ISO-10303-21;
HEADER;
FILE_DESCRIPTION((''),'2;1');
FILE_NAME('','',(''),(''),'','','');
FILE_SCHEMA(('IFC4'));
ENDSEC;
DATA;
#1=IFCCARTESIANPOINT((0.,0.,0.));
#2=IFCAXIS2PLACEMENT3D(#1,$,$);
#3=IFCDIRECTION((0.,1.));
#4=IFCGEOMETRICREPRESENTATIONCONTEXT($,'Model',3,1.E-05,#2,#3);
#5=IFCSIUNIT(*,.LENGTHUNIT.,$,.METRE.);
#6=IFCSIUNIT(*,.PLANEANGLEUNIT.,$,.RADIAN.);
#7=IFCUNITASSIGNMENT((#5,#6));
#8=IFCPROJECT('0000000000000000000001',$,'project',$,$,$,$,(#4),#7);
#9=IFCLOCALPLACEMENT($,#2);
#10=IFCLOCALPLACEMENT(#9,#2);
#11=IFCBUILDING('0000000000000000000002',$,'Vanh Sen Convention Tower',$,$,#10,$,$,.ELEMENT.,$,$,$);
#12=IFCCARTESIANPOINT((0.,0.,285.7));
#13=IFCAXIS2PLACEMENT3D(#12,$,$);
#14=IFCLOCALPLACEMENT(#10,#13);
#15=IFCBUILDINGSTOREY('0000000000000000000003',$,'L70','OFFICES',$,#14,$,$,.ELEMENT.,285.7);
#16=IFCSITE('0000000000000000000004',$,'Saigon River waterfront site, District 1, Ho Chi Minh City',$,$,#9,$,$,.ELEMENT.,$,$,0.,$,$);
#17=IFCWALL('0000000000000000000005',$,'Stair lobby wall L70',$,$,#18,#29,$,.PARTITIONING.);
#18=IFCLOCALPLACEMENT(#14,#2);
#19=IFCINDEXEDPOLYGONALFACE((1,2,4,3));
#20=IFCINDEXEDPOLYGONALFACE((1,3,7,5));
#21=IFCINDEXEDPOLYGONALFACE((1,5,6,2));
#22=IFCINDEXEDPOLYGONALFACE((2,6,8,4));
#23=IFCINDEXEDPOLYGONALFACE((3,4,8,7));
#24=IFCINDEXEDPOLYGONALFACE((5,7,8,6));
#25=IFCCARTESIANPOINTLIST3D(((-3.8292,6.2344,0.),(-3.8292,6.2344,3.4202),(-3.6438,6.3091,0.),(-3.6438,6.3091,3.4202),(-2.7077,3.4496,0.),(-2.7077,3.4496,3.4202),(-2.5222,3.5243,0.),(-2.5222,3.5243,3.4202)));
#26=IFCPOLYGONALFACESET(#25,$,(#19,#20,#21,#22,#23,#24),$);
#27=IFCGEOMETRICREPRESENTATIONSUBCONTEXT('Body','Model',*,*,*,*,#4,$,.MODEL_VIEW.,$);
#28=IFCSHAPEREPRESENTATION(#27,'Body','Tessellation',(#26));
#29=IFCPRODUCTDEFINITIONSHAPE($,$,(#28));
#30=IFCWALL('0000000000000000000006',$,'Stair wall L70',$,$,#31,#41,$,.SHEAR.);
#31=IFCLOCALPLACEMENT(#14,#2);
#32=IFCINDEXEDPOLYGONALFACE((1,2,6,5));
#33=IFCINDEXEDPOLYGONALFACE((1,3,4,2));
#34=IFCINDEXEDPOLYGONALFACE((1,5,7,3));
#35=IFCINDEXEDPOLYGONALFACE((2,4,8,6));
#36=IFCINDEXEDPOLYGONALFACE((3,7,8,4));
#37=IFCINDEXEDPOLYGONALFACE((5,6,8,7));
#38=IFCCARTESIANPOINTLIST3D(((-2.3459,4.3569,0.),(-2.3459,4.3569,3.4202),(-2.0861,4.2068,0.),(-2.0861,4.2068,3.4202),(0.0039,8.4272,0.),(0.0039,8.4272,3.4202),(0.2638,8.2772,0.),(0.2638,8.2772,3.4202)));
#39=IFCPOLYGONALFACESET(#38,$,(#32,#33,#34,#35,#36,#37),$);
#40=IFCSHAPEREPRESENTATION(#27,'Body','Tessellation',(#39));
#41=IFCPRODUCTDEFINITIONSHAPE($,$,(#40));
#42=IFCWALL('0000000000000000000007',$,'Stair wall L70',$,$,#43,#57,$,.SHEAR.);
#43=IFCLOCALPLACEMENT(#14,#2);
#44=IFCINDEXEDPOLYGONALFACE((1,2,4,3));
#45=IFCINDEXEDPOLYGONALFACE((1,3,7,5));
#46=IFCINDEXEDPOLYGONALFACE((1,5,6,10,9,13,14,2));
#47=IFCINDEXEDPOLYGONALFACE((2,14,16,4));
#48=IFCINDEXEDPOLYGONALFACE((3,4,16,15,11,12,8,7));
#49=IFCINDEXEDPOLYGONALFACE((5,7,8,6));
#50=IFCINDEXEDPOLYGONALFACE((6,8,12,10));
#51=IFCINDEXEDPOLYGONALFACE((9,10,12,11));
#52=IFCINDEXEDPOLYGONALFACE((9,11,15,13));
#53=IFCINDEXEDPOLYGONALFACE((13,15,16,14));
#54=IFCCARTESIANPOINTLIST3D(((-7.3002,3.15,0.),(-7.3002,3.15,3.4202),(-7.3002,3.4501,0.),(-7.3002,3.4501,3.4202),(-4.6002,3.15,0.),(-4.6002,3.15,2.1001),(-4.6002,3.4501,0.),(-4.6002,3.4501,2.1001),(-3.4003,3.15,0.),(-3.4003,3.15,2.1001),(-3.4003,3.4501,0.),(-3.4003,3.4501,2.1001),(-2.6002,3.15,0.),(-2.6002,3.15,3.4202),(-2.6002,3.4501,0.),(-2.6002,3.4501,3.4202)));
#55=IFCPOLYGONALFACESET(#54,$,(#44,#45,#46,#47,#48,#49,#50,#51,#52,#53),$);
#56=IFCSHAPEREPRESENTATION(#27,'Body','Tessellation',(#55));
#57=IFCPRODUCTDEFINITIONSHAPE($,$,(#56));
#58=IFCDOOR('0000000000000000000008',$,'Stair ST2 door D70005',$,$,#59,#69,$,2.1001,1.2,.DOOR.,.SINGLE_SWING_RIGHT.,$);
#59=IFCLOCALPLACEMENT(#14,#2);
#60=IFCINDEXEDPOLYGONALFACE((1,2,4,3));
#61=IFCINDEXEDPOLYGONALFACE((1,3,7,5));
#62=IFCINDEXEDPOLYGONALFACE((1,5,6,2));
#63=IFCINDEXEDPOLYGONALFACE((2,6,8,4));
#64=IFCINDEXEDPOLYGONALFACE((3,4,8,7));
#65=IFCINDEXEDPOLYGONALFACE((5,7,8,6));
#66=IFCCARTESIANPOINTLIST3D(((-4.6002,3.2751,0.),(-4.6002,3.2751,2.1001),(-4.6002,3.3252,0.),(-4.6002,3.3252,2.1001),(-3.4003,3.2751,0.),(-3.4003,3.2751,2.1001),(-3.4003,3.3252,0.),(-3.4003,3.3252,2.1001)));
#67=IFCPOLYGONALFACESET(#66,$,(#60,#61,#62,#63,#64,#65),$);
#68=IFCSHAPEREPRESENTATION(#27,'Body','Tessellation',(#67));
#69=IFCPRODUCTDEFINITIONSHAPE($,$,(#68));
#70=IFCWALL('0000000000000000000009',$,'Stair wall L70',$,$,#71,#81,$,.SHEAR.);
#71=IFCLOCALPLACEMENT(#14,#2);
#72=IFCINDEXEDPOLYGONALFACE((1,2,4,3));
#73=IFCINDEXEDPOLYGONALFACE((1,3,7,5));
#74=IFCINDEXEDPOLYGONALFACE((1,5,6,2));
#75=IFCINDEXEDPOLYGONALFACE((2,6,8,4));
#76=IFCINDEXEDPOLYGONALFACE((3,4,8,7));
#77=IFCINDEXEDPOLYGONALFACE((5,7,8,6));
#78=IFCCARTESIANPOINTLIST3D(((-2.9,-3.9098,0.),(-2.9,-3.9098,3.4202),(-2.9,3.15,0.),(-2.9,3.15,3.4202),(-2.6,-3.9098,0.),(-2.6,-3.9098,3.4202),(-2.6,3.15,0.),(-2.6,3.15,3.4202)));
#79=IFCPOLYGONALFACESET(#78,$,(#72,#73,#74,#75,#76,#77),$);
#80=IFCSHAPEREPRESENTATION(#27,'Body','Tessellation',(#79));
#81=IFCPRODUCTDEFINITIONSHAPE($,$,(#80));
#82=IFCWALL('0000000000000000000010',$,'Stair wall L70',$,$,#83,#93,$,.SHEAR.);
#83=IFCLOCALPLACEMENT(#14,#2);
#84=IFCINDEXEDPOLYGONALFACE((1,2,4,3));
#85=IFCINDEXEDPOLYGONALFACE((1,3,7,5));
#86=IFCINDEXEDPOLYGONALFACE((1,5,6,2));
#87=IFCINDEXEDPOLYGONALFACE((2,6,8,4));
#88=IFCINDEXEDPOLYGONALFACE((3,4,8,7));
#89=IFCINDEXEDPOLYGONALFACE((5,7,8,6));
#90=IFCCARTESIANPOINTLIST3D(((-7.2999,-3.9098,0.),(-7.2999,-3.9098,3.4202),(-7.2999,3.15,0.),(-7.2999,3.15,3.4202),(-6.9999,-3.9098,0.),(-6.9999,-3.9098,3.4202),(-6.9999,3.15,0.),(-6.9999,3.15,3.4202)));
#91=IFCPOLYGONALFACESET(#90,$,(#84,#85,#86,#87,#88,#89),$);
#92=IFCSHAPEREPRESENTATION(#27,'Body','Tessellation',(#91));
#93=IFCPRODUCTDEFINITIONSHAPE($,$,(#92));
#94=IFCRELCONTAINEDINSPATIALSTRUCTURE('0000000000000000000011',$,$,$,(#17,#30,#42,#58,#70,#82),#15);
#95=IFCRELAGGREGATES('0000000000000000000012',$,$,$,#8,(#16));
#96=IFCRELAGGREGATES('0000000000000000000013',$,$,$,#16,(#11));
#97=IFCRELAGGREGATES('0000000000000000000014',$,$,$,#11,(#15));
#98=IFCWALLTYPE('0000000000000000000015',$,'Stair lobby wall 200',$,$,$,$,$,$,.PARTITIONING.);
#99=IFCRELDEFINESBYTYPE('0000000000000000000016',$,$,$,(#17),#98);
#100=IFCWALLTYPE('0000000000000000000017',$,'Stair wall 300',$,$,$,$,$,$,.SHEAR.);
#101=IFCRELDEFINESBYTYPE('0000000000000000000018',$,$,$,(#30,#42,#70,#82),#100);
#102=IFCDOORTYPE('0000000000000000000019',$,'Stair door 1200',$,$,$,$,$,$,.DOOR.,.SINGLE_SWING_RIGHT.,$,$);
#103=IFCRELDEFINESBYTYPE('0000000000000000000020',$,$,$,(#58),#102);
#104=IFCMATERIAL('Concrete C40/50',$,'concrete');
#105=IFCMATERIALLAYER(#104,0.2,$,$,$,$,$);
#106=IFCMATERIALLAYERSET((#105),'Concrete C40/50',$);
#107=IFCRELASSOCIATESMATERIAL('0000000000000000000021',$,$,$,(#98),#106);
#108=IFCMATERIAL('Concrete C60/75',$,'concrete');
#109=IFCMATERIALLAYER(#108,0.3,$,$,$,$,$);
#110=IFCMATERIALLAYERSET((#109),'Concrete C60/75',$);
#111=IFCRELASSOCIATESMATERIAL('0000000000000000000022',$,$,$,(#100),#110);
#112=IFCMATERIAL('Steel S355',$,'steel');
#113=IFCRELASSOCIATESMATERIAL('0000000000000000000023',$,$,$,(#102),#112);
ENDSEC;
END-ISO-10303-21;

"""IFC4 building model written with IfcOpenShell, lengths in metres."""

from ifc_helpers import new_model, si_unit, direction, frame, frame_2d, origin, place, context, subcontext, project, spatial, rectangle, extrude, material, layer, layer_set, type_object, element, fill, save


model = new_model("IFC4")

# Units and contexts
model_context = context("Model", 3, precision=1e-05, world=origin(), true_north=direction((0.0, 1.0)))
body_context = subcontext(model_context, "Body", "Model", "MODEL_VIEW")
ifc_project = project(units=[si_unit("LENGTHUNIT", "METRE"), si_unit("PLANEANGLEUNIT", "RADIAN")], contexts=[model_context])

# Site, building, storey
site_placement = place(None, origin())
site = spatial("IfcSite", under=ifc_project, at=site_placement, Name="Saigon River waterfront site, District 1, Ho Chi Minh City", CompositionType="ELEMENT", RefElevation=0.0)
building_placement = place(site_placement, origin())
building = spatial("IfcBuilding", under=site, at=building_placement, Name="Vanh Sen Convention Tower", CompositionType="ELEMENT")
storey_placement = place(building_placement, frame((0.0, 0.0, 285.7)))
storey = spatial("IfcBuildingStorey", under=building, at=storey_placement, Name="L70", Description="OFFICES", CompositionType="ELEMENT", Elevation=285.7)

# Shared definitions
ifc_material_1 = material(Name="Concrete C40/50", Category="concrete")

# Shared definitions
ifc_material_2 = material(Name="Concrete C60/75", Category="concrete")

# Walls
ifc_layer_1 = layer(ifc_material_1, 0.2)
ifc_layer_set_1 = layer_set([ifc_layer_1], Name="Concrete C40/50")
wall_type_1 = type_object("IfcWallType", Name="Stair lobby wall 200", PredefinedType="PARTITIONING", material=ifc_layer_set_1)
wall_1_placement = place(storey_placement, frame((-2.615, 3.4871, 0.0), z_axis=(0.0, 0.0, 1.0), x_axis=(-0.373577, 0.927599, 0.0)))
element("IfcWall", 1, at=wall_1_placement, inside=storey, type_object=wall_type_1, Name="Stair lobby wall L70", PredefinedType="PARTITIONING", context=body_context, shape_type="SweptSolid", body=[
    extrude(rectangle(XDim=3.0022, YDim=0.2, at=frame_2d((1.501, 0.0))), origin(), (0.0, 0.0, 1.0), 3.4202),
])
ifc_layer_2 = layer(ifc_material_2, 0.3)
ifc_layer_set_2 = layer_set([ifc_layer_2], Name="Concrete C60/75")
wall_type_2 = type_object("IfcWallType", Name="Stair wall 300", PredefinedType="SHEAR", material=ifc_layer_set_2)
wall_2_placement = place(storey_placement, frame((-2.2161, 4.2817, 0.0), z_axis=(0.0, 0.0, 1.0), x_axis=(0.499977, 0.866039, 0.0)))
element("IfcWall", 2, at=wall_2_placement, inside=storey, type_object=wall_type_2, Name="Stair wall L70", PredefinedType="SHEAR", context=body_context, shape_type="SweptSolid", body=[
    extrude(rectangle(XDim=4.7, YDim=0.3, at=frame_2d((2.3501, 0.0))), origin(), (0.0, 0.0, 1.0), 3.4202),
])

# Wall, opening, door
wall_3_placement = place(storey_placement, frame((-2.6001, 3.3, 0.0), z_axis=(0.0, 0.0, 1.0), x_axis=(-1.0, 0.0, 0.0)))
wall_3 = element("IfcWall", 3, at=wall_3_placement, inside=storey, type_object=wall_type_2, Name="Stair wall L70", PredefinedType="SHEAR", context=body_context, shape_type="SweptSolid", body=[
    extrude(rectangle(XDim=4.7, YDim=0.3, at=frame_2d((2.3501, 0.0))), origin(), (0.0, 0.0, 1.0), 3.4202),
])
opening_1_placement = place(wall_3_placement, frame((0.8, 0.0, 0.0)))
opening_1 = element("IfcOpeningElement", 4, at=opening_1_placement, cuts=wall_3, PredefinedType="OPENING", context=body_context, shape_type="SweptSolid", body=[
    extrude(rectangle(XDim=1.2, YDim=2.1001, at=frame_2d((0.6001, 1.05))), frame((0.0, 0.1599, 0.0), z_axis=(0.0, -1.0, 0.0), x_axis=(1.0, 0.0, 0.0)), (0.0, 0.0, 1.0), 0.3201),
])
ifc_material_3 = material(Name="Steel S355", Category="steel")
door_type_1 = type_object("IfcDoorType", Name="Stair door 1200", OperationType="SINGLE_SWING_RIGHT", PredefinedType="DOOR", material=ifc_material_3)
door_1_placement = place(opening_1_placement, origin())
door_1 = element("IfcDoor", 5, at=door_1_placement, inside=storey, type_object=door_type_1, Name="Stair ST2 door D70005", OperationType="SINGLE_SWING_RIGHT", OverallHeight=2.1001, OverallWidth=1.2, PredefinedType="DOOR", context=body_context, shape_type="SweptSolid", body=[
    extrude(rectangle(XDim=1.2, YDim=2.1001, at=frame_2d((0.6001, 1.05))), frame((0.0, 0.0249, 0.0), z_axis=(0.0, -1.0, 0.0), x_axis=(1.0, 0.0, 0.0)), (0.0, 0.0, 1.0), 0.05),
])
fill(opening_1, door_1)

# Walls
for number, where, z_axis, x_axis, name in (
    (6, (-2.75, 3.1499, 0.0), (0.0, 0.0, 1.0), (0.0, -1.0, 0.0), "Stair wall L70"),
    (7, (-7.1499, 3.1499, 0.0), (0.0, 0.0, 1.0), (0.0, -1.0, 0.0), "Stair wall L70"),
):
    element("IfcWall", number, at=place(storey_placement, frame(where, z_axis=z_axis, x_axis=x_axis)), inside=storey, type_object=wall_type_2, Name=name, PredefinedType="SHEAR", context=body_context, shape_type="SweptSolid", body=[
        extrude(rectangle(XDim=7.0598, YDim=0.3, at=frame_2d((3.5298, 0.0))), origin(), (0.0, 0.0, 1.0), 3.4202),
    ])

save(model, "model.ifc")
